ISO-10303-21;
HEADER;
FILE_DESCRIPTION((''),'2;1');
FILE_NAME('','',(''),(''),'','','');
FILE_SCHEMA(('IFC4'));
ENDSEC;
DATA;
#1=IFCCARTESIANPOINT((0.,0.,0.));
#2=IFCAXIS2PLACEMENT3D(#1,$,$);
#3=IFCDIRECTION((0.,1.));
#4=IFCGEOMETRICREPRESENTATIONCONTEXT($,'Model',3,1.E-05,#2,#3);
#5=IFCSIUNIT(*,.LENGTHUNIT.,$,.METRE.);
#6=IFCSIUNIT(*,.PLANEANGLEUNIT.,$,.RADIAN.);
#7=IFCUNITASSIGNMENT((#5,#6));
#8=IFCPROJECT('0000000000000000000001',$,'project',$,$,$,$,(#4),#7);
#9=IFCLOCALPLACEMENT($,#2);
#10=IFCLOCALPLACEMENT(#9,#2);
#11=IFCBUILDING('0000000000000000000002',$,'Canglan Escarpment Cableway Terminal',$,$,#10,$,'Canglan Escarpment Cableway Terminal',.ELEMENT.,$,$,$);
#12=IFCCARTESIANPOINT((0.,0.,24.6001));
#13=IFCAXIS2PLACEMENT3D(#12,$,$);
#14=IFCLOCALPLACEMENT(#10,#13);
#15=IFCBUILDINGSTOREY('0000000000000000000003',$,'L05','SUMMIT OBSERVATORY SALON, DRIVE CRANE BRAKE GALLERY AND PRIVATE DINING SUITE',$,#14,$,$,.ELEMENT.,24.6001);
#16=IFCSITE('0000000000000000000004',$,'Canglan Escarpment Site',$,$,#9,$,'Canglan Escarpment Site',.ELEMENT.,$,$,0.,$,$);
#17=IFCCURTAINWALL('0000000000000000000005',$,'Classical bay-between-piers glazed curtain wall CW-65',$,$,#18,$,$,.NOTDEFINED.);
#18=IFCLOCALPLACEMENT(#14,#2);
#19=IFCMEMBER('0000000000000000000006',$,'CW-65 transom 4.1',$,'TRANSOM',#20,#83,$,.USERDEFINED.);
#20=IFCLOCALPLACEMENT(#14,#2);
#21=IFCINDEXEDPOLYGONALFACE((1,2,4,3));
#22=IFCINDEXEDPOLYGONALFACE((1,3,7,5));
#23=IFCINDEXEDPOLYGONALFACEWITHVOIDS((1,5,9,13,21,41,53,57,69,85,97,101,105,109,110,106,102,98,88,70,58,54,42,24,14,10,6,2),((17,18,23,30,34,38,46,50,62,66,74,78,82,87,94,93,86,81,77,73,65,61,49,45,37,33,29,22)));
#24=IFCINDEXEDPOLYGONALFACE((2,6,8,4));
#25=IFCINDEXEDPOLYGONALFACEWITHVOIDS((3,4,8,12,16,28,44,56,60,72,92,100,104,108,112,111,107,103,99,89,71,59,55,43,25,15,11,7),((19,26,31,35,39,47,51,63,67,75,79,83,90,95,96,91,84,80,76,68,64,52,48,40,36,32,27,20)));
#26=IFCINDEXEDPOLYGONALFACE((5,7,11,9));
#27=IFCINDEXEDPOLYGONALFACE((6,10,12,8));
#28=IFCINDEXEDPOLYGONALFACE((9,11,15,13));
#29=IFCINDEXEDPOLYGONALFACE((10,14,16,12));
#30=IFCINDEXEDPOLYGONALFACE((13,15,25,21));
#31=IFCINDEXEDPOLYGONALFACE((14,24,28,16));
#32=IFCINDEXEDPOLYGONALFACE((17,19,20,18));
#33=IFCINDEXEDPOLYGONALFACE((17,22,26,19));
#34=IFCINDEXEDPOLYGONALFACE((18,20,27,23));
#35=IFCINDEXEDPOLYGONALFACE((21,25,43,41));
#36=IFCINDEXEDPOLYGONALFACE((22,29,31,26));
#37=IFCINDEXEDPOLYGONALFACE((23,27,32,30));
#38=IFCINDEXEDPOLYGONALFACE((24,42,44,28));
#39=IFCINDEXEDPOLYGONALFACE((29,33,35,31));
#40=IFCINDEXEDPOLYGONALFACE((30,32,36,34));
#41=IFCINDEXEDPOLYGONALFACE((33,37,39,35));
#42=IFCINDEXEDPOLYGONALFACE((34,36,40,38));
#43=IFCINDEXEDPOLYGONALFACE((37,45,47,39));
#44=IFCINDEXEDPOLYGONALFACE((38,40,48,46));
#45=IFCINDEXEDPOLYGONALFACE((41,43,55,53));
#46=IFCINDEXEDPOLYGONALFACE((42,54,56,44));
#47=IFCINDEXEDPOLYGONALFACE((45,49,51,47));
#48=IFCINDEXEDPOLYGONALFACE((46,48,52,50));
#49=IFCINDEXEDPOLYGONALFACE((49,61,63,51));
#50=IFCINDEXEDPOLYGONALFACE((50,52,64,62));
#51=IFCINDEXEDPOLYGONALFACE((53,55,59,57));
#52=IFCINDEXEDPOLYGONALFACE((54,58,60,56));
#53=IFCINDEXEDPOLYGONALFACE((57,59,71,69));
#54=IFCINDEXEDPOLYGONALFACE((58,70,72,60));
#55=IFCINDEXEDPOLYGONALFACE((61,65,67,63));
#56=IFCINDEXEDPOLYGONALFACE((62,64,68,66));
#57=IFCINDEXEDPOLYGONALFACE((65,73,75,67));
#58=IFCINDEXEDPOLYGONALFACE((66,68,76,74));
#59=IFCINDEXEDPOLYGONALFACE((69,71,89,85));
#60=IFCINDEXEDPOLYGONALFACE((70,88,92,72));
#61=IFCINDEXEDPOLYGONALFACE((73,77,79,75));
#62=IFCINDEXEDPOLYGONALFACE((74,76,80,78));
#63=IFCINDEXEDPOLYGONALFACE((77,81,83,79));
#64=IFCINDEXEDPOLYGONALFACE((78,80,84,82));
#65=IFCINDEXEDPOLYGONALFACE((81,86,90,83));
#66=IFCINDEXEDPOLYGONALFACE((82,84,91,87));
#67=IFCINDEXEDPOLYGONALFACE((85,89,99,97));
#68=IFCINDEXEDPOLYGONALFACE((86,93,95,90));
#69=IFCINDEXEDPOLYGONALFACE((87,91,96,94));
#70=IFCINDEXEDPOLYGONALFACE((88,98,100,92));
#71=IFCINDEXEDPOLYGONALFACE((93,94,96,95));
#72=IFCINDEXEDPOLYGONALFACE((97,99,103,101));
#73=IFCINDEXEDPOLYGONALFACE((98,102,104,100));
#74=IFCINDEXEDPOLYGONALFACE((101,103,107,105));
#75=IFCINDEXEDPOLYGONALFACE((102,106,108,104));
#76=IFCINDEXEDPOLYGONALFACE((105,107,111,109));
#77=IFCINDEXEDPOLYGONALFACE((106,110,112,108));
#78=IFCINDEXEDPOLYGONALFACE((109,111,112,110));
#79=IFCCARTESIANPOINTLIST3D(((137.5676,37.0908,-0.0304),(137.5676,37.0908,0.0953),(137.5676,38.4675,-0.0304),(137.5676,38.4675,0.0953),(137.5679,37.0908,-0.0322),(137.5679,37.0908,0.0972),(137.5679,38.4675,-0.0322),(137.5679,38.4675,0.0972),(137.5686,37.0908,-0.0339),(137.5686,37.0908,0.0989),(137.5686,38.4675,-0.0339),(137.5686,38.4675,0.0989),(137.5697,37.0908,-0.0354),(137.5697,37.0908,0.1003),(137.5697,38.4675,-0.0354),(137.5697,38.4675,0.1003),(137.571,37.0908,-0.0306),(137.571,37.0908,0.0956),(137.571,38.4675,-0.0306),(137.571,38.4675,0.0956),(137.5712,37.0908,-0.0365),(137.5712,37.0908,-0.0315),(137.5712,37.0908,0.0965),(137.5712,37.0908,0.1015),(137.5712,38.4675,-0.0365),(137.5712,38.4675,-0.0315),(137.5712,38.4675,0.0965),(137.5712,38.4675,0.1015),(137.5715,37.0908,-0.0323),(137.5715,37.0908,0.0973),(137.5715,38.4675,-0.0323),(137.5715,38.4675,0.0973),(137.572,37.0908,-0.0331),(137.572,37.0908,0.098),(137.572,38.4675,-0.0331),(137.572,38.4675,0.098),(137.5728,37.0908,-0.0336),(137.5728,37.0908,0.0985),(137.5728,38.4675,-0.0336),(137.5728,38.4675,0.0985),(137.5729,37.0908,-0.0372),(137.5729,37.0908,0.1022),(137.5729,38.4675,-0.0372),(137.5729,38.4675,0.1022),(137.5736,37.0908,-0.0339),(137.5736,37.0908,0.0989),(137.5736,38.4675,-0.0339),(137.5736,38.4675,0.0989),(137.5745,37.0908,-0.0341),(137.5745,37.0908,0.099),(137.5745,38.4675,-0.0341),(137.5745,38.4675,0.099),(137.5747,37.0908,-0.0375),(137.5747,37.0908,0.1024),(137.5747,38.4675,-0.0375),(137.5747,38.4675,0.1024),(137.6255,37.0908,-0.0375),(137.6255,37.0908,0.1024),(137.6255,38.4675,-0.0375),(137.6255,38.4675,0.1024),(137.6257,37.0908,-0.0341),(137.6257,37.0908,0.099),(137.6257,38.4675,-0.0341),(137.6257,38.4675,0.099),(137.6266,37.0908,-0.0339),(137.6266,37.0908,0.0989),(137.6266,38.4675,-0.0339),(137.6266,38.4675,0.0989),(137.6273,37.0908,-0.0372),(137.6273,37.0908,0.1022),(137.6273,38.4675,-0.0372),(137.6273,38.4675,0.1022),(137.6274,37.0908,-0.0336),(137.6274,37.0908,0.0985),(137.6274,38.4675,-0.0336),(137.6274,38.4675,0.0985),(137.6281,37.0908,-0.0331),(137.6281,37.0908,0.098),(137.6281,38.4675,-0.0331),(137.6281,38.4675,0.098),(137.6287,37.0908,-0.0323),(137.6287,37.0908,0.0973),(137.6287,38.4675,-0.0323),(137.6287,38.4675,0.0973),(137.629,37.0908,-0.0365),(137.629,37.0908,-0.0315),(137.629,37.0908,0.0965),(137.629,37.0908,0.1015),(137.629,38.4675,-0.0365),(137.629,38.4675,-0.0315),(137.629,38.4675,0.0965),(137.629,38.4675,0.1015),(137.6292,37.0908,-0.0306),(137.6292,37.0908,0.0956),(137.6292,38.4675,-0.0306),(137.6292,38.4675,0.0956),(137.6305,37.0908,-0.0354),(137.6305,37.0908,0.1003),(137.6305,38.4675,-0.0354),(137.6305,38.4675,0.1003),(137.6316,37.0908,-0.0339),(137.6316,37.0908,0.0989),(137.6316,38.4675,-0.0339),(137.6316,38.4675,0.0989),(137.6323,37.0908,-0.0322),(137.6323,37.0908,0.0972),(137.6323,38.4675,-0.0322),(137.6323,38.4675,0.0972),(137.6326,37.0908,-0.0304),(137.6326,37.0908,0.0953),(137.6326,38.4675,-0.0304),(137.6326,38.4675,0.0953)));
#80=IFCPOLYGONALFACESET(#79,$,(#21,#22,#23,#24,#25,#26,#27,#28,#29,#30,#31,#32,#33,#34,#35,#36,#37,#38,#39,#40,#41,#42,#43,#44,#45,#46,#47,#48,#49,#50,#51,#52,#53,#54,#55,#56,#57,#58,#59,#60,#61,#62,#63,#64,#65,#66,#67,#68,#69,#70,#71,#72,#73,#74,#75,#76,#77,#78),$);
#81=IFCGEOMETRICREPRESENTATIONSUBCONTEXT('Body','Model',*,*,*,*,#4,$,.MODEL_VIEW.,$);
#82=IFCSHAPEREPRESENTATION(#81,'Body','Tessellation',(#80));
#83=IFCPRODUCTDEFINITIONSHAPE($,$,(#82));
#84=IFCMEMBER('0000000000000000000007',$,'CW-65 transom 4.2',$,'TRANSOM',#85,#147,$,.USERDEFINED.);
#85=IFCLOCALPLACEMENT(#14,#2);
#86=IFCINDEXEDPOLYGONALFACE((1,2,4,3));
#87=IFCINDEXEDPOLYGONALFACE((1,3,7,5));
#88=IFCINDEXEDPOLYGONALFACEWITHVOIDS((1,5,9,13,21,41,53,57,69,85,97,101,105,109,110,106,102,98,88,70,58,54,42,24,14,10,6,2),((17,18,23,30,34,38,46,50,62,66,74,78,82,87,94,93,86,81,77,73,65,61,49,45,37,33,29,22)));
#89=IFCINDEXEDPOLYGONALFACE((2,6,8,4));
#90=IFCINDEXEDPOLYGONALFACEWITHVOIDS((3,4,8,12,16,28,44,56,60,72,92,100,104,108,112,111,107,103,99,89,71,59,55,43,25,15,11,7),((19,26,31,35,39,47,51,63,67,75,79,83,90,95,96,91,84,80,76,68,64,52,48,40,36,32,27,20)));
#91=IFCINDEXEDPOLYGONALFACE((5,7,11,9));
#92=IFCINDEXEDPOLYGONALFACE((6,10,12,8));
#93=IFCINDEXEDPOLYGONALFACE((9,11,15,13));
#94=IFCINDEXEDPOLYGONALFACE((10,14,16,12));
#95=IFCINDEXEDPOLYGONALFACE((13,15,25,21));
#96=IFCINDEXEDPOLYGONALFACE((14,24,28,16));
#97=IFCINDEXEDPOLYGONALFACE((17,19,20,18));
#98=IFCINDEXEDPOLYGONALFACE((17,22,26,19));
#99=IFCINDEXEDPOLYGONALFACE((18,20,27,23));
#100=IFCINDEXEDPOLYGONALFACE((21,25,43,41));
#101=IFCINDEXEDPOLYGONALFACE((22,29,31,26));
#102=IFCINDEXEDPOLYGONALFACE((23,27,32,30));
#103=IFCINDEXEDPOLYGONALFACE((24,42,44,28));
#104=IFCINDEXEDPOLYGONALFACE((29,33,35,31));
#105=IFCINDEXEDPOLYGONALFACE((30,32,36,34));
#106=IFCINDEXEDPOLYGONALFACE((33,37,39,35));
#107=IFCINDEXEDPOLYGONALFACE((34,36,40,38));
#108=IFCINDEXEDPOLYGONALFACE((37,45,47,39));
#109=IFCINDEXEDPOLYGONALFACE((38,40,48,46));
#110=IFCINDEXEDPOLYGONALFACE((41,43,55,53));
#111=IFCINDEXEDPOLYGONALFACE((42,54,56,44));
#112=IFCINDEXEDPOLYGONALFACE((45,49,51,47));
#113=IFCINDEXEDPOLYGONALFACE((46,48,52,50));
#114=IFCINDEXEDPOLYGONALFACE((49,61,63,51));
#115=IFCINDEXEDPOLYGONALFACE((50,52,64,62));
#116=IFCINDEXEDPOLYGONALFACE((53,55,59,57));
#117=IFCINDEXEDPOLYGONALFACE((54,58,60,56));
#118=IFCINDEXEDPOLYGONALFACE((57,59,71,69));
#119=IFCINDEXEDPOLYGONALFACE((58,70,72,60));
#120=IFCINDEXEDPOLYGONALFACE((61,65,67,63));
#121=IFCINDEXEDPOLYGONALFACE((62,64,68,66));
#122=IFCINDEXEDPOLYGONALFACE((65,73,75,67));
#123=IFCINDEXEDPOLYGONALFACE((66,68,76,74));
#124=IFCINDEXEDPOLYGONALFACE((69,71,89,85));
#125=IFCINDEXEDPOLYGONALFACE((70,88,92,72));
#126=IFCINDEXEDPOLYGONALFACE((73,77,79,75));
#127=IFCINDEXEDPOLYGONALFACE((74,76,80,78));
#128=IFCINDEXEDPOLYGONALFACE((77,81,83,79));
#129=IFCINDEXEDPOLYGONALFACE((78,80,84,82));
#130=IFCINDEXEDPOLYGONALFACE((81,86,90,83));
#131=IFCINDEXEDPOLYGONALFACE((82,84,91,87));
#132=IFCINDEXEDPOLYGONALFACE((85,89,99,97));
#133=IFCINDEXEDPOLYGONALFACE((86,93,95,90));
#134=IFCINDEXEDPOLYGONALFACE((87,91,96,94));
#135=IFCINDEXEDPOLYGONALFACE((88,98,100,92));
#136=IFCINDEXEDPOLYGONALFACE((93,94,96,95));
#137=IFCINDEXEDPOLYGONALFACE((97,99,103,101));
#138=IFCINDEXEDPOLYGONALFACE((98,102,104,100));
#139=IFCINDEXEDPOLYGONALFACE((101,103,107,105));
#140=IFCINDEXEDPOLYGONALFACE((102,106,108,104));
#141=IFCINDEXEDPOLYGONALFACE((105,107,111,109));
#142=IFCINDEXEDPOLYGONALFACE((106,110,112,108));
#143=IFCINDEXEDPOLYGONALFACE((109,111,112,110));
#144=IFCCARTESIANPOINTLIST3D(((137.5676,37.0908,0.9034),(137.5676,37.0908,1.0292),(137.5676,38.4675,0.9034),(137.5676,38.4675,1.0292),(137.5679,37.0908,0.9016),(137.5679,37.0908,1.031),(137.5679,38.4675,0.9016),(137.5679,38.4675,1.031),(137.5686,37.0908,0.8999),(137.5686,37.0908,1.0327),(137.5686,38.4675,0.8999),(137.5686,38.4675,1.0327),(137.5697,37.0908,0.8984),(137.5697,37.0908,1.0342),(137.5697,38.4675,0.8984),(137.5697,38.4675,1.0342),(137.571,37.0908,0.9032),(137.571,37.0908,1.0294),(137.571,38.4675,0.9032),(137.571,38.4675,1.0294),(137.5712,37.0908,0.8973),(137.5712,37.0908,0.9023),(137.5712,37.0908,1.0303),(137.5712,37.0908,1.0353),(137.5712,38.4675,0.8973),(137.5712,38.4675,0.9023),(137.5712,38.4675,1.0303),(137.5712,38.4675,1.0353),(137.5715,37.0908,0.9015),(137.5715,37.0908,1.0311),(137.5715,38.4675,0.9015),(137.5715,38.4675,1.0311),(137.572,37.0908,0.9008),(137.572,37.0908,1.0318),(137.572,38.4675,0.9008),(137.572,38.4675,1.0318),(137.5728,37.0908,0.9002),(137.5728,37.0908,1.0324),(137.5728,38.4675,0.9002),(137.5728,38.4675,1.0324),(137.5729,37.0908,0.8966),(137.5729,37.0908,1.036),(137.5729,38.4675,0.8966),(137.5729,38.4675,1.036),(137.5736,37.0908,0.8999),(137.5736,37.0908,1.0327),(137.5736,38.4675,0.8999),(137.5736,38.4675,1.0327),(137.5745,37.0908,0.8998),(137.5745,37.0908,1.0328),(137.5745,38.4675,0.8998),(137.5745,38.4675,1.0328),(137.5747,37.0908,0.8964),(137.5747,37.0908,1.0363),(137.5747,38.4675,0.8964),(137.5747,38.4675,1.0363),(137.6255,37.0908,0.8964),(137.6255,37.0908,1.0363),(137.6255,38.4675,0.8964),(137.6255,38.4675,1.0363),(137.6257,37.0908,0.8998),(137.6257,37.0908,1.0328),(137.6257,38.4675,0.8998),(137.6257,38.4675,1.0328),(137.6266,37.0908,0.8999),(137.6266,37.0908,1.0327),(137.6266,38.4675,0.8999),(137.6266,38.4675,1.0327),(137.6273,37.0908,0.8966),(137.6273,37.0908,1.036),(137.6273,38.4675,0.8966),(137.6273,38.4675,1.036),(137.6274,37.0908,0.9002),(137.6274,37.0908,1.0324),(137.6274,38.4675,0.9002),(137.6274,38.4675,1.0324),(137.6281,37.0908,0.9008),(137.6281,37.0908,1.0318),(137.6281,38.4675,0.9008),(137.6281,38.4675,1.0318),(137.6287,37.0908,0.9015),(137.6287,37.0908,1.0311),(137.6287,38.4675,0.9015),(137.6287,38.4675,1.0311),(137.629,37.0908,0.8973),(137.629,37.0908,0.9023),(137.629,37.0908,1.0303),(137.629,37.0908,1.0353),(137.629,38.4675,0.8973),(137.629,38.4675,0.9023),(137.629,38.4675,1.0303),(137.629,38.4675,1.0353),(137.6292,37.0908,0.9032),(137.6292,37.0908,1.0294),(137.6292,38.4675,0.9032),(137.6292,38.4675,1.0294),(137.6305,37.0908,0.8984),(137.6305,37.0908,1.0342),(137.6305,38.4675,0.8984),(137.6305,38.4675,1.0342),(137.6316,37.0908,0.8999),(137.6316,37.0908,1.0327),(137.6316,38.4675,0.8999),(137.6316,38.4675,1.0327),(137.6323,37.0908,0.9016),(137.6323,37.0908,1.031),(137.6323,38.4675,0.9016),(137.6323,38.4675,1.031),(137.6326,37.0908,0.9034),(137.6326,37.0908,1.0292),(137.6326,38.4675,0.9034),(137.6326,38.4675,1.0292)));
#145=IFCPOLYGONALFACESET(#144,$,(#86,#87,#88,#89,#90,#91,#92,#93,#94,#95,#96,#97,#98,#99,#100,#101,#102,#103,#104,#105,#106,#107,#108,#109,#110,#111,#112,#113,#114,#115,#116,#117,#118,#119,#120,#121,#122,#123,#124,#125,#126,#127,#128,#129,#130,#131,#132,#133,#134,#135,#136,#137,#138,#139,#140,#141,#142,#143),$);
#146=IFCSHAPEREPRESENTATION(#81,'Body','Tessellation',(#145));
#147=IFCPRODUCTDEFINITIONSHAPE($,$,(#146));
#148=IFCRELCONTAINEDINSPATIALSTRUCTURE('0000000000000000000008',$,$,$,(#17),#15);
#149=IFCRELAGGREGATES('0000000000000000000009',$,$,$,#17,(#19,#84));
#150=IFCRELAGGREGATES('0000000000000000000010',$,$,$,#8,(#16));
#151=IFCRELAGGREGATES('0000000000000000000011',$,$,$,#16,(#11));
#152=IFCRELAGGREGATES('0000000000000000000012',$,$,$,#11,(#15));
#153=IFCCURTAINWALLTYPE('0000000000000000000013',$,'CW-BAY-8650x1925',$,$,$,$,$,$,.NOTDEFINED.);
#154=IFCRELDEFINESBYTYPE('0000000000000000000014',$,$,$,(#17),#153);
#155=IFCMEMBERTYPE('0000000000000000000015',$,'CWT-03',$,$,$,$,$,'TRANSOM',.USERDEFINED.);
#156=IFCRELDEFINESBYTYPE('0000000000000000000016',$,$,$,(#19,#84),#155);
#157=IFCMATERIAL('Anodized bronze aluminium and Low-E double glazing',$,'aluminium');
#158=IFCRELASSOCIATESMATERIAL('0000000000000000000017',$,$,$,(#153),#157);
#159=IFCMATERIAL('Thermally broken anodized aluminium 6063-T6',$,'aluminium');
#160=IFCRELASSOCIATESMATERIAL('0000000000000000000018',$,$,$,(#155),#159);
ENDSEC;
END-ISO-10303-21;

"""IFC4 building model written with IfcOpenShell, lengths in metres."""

from ifc_helpers import new_model, si_unit, direction, frame, origin, origin_2d, place, context, subcontext, project, spatial, hollow_rectangle, extrude, material, material_profile, profile_set, type_object, element, aggregate, save


model = new_model("IFC4")

# Units and contexts
model_context = context("Model", 3, precision=1e-05, world=origin(), true_north=direction((0.0, 1.0)))
body_context = subcontext(model_context, "Body", "Model", "MODEL_VIEW")
ifc_project = project(units=[si_unit("LENGTHUNIT", "METRE"), si_unit("PLANEANGLEUNIT", "RADIAN")], contexts=[model_context])

# Site, building, storey
site_placement = place(None, origin())
site = spatial("IfcSite", under=ifc_project, at=site_placement, Name="Canglan Escarpment Site", LongName="Canglan Escarpment Site", CompositionType="ELEMENT", RefElevation=0.0)
building_placement = place(site_placement, origin())
building = spatial("IfcBuilding", under=site, at=building_placement, Name="Canglan Escarpment Cableway Terminal", LongName="Canglan Escarpment Cableway Terminal", CompositionType="ELEMENT")
storey_placement = place(building_placement, frame((0.0, 0.0, 24.6001)))
storey = spatial("IfcBuildingStorey", under=building, at=storey_placement, Name="L05", Description="SUMMIT OBSERVATORY SALON, DRIVE CRANE BRAKE GALLERY AND PRIVATE DINING SUITE", CompositionType="ELEMENT", Elevation=24.6001)

# Curtain wall, members
ifc_material_1 = material(Name="Anodized bronze aluminium and Low-E double glazing", Category="aluminium")
curtain_wall_type = type_object("IfcCurtainWallType", Name="CW-BAY-8650x1925", PredefinedType="NOTDEFINED", material=ifc_material_1)
curtain_wall_placement = place(storey_placement, origin())
curtain_wall = element("IfcCurtainWall", 1, at=curtain_wall_placement, inside=storey, type_object=curtain_wall_type, Name="Classical bay-between-piers glazed curtain wall CW-65", PredefinedType="NOTDEFINED")
ifc_material_2 = material(Name="Thermally broken anodized aluminium 6063-T6", Category="aluminium")
ifc_material_profile_1 = material_profile(ifc_material_2, hollow_rectangle(XDim=0.0649, YDim=0.1399, WallThickness=0.0034, InnerFilletRadius=0.0034, OuterFilletRadius=0.0071, at=origin_2d()), Name="ALU-TRAN 65x140x3.5")
ifc_profile_set_1 = profile_set([ifc_material_profile_1], Name="Thermally broken anodized aluminium 6063-T6")
member_type_1 = type_object("IfcMemberType", Name="CWT-03", ElementType="TRANSOM", PredefinedType="USERDEFINED", material=ifc_profile_set_1)
member_1_placement = place(storey_placement, frame((137.6001, 38.4675, 0.0325), z_axis=(0.0, -1.0, 0.0), x_axis=(1.0, 0.0, 0.0)))
member_1 = element("IfcMember", 2, at=member_1_placement, type_object=member_type_1, Name="CW-65 transom 4.1", ObjectType="TRANSOM", PredefinedType="USERDEFINED", context=body_context, shape_type="SweptSolid", body=[
    extrude(hollow_rectangle(XDim=0.0649, YDim=0.1399, WallThickness=0.0034, InnerFilletRadius=0.0034, OuterFilletRadius=0.0071, at=origin_2d()), origin(), (0.0, 0.0, 1.0), 1.3767),
])
member_2_placement = place(storey_placement, frame((137.6001, 38.4675, 0.9663), z_axis=(0.0, -1.0, 0.0), x_axis=(1.0, 0.0, 0.0)))
member_2 = element("IfcMember", 3, at=member_2_placement, type_object=member_type_1, Name="CW-65 transom 4.2", ObjectType="TRANSOM", PredefinedType="USERDEFINED", context=body_context, shape_type="SweptSolid", body=[
    extrude(hollow_rectangle(XDim=0.0649, YDim=0.1399, WallThickness=0.0034, InnerFilletRadius=0.0034, OuterFilletRadius=0.0071, at=origin_2d()), origin(), (0.0, 0.0, 1.0), 1.3767),
])

aggregate(curtain_wall, [member_1, member_2])

save(model, "model.ifc")
